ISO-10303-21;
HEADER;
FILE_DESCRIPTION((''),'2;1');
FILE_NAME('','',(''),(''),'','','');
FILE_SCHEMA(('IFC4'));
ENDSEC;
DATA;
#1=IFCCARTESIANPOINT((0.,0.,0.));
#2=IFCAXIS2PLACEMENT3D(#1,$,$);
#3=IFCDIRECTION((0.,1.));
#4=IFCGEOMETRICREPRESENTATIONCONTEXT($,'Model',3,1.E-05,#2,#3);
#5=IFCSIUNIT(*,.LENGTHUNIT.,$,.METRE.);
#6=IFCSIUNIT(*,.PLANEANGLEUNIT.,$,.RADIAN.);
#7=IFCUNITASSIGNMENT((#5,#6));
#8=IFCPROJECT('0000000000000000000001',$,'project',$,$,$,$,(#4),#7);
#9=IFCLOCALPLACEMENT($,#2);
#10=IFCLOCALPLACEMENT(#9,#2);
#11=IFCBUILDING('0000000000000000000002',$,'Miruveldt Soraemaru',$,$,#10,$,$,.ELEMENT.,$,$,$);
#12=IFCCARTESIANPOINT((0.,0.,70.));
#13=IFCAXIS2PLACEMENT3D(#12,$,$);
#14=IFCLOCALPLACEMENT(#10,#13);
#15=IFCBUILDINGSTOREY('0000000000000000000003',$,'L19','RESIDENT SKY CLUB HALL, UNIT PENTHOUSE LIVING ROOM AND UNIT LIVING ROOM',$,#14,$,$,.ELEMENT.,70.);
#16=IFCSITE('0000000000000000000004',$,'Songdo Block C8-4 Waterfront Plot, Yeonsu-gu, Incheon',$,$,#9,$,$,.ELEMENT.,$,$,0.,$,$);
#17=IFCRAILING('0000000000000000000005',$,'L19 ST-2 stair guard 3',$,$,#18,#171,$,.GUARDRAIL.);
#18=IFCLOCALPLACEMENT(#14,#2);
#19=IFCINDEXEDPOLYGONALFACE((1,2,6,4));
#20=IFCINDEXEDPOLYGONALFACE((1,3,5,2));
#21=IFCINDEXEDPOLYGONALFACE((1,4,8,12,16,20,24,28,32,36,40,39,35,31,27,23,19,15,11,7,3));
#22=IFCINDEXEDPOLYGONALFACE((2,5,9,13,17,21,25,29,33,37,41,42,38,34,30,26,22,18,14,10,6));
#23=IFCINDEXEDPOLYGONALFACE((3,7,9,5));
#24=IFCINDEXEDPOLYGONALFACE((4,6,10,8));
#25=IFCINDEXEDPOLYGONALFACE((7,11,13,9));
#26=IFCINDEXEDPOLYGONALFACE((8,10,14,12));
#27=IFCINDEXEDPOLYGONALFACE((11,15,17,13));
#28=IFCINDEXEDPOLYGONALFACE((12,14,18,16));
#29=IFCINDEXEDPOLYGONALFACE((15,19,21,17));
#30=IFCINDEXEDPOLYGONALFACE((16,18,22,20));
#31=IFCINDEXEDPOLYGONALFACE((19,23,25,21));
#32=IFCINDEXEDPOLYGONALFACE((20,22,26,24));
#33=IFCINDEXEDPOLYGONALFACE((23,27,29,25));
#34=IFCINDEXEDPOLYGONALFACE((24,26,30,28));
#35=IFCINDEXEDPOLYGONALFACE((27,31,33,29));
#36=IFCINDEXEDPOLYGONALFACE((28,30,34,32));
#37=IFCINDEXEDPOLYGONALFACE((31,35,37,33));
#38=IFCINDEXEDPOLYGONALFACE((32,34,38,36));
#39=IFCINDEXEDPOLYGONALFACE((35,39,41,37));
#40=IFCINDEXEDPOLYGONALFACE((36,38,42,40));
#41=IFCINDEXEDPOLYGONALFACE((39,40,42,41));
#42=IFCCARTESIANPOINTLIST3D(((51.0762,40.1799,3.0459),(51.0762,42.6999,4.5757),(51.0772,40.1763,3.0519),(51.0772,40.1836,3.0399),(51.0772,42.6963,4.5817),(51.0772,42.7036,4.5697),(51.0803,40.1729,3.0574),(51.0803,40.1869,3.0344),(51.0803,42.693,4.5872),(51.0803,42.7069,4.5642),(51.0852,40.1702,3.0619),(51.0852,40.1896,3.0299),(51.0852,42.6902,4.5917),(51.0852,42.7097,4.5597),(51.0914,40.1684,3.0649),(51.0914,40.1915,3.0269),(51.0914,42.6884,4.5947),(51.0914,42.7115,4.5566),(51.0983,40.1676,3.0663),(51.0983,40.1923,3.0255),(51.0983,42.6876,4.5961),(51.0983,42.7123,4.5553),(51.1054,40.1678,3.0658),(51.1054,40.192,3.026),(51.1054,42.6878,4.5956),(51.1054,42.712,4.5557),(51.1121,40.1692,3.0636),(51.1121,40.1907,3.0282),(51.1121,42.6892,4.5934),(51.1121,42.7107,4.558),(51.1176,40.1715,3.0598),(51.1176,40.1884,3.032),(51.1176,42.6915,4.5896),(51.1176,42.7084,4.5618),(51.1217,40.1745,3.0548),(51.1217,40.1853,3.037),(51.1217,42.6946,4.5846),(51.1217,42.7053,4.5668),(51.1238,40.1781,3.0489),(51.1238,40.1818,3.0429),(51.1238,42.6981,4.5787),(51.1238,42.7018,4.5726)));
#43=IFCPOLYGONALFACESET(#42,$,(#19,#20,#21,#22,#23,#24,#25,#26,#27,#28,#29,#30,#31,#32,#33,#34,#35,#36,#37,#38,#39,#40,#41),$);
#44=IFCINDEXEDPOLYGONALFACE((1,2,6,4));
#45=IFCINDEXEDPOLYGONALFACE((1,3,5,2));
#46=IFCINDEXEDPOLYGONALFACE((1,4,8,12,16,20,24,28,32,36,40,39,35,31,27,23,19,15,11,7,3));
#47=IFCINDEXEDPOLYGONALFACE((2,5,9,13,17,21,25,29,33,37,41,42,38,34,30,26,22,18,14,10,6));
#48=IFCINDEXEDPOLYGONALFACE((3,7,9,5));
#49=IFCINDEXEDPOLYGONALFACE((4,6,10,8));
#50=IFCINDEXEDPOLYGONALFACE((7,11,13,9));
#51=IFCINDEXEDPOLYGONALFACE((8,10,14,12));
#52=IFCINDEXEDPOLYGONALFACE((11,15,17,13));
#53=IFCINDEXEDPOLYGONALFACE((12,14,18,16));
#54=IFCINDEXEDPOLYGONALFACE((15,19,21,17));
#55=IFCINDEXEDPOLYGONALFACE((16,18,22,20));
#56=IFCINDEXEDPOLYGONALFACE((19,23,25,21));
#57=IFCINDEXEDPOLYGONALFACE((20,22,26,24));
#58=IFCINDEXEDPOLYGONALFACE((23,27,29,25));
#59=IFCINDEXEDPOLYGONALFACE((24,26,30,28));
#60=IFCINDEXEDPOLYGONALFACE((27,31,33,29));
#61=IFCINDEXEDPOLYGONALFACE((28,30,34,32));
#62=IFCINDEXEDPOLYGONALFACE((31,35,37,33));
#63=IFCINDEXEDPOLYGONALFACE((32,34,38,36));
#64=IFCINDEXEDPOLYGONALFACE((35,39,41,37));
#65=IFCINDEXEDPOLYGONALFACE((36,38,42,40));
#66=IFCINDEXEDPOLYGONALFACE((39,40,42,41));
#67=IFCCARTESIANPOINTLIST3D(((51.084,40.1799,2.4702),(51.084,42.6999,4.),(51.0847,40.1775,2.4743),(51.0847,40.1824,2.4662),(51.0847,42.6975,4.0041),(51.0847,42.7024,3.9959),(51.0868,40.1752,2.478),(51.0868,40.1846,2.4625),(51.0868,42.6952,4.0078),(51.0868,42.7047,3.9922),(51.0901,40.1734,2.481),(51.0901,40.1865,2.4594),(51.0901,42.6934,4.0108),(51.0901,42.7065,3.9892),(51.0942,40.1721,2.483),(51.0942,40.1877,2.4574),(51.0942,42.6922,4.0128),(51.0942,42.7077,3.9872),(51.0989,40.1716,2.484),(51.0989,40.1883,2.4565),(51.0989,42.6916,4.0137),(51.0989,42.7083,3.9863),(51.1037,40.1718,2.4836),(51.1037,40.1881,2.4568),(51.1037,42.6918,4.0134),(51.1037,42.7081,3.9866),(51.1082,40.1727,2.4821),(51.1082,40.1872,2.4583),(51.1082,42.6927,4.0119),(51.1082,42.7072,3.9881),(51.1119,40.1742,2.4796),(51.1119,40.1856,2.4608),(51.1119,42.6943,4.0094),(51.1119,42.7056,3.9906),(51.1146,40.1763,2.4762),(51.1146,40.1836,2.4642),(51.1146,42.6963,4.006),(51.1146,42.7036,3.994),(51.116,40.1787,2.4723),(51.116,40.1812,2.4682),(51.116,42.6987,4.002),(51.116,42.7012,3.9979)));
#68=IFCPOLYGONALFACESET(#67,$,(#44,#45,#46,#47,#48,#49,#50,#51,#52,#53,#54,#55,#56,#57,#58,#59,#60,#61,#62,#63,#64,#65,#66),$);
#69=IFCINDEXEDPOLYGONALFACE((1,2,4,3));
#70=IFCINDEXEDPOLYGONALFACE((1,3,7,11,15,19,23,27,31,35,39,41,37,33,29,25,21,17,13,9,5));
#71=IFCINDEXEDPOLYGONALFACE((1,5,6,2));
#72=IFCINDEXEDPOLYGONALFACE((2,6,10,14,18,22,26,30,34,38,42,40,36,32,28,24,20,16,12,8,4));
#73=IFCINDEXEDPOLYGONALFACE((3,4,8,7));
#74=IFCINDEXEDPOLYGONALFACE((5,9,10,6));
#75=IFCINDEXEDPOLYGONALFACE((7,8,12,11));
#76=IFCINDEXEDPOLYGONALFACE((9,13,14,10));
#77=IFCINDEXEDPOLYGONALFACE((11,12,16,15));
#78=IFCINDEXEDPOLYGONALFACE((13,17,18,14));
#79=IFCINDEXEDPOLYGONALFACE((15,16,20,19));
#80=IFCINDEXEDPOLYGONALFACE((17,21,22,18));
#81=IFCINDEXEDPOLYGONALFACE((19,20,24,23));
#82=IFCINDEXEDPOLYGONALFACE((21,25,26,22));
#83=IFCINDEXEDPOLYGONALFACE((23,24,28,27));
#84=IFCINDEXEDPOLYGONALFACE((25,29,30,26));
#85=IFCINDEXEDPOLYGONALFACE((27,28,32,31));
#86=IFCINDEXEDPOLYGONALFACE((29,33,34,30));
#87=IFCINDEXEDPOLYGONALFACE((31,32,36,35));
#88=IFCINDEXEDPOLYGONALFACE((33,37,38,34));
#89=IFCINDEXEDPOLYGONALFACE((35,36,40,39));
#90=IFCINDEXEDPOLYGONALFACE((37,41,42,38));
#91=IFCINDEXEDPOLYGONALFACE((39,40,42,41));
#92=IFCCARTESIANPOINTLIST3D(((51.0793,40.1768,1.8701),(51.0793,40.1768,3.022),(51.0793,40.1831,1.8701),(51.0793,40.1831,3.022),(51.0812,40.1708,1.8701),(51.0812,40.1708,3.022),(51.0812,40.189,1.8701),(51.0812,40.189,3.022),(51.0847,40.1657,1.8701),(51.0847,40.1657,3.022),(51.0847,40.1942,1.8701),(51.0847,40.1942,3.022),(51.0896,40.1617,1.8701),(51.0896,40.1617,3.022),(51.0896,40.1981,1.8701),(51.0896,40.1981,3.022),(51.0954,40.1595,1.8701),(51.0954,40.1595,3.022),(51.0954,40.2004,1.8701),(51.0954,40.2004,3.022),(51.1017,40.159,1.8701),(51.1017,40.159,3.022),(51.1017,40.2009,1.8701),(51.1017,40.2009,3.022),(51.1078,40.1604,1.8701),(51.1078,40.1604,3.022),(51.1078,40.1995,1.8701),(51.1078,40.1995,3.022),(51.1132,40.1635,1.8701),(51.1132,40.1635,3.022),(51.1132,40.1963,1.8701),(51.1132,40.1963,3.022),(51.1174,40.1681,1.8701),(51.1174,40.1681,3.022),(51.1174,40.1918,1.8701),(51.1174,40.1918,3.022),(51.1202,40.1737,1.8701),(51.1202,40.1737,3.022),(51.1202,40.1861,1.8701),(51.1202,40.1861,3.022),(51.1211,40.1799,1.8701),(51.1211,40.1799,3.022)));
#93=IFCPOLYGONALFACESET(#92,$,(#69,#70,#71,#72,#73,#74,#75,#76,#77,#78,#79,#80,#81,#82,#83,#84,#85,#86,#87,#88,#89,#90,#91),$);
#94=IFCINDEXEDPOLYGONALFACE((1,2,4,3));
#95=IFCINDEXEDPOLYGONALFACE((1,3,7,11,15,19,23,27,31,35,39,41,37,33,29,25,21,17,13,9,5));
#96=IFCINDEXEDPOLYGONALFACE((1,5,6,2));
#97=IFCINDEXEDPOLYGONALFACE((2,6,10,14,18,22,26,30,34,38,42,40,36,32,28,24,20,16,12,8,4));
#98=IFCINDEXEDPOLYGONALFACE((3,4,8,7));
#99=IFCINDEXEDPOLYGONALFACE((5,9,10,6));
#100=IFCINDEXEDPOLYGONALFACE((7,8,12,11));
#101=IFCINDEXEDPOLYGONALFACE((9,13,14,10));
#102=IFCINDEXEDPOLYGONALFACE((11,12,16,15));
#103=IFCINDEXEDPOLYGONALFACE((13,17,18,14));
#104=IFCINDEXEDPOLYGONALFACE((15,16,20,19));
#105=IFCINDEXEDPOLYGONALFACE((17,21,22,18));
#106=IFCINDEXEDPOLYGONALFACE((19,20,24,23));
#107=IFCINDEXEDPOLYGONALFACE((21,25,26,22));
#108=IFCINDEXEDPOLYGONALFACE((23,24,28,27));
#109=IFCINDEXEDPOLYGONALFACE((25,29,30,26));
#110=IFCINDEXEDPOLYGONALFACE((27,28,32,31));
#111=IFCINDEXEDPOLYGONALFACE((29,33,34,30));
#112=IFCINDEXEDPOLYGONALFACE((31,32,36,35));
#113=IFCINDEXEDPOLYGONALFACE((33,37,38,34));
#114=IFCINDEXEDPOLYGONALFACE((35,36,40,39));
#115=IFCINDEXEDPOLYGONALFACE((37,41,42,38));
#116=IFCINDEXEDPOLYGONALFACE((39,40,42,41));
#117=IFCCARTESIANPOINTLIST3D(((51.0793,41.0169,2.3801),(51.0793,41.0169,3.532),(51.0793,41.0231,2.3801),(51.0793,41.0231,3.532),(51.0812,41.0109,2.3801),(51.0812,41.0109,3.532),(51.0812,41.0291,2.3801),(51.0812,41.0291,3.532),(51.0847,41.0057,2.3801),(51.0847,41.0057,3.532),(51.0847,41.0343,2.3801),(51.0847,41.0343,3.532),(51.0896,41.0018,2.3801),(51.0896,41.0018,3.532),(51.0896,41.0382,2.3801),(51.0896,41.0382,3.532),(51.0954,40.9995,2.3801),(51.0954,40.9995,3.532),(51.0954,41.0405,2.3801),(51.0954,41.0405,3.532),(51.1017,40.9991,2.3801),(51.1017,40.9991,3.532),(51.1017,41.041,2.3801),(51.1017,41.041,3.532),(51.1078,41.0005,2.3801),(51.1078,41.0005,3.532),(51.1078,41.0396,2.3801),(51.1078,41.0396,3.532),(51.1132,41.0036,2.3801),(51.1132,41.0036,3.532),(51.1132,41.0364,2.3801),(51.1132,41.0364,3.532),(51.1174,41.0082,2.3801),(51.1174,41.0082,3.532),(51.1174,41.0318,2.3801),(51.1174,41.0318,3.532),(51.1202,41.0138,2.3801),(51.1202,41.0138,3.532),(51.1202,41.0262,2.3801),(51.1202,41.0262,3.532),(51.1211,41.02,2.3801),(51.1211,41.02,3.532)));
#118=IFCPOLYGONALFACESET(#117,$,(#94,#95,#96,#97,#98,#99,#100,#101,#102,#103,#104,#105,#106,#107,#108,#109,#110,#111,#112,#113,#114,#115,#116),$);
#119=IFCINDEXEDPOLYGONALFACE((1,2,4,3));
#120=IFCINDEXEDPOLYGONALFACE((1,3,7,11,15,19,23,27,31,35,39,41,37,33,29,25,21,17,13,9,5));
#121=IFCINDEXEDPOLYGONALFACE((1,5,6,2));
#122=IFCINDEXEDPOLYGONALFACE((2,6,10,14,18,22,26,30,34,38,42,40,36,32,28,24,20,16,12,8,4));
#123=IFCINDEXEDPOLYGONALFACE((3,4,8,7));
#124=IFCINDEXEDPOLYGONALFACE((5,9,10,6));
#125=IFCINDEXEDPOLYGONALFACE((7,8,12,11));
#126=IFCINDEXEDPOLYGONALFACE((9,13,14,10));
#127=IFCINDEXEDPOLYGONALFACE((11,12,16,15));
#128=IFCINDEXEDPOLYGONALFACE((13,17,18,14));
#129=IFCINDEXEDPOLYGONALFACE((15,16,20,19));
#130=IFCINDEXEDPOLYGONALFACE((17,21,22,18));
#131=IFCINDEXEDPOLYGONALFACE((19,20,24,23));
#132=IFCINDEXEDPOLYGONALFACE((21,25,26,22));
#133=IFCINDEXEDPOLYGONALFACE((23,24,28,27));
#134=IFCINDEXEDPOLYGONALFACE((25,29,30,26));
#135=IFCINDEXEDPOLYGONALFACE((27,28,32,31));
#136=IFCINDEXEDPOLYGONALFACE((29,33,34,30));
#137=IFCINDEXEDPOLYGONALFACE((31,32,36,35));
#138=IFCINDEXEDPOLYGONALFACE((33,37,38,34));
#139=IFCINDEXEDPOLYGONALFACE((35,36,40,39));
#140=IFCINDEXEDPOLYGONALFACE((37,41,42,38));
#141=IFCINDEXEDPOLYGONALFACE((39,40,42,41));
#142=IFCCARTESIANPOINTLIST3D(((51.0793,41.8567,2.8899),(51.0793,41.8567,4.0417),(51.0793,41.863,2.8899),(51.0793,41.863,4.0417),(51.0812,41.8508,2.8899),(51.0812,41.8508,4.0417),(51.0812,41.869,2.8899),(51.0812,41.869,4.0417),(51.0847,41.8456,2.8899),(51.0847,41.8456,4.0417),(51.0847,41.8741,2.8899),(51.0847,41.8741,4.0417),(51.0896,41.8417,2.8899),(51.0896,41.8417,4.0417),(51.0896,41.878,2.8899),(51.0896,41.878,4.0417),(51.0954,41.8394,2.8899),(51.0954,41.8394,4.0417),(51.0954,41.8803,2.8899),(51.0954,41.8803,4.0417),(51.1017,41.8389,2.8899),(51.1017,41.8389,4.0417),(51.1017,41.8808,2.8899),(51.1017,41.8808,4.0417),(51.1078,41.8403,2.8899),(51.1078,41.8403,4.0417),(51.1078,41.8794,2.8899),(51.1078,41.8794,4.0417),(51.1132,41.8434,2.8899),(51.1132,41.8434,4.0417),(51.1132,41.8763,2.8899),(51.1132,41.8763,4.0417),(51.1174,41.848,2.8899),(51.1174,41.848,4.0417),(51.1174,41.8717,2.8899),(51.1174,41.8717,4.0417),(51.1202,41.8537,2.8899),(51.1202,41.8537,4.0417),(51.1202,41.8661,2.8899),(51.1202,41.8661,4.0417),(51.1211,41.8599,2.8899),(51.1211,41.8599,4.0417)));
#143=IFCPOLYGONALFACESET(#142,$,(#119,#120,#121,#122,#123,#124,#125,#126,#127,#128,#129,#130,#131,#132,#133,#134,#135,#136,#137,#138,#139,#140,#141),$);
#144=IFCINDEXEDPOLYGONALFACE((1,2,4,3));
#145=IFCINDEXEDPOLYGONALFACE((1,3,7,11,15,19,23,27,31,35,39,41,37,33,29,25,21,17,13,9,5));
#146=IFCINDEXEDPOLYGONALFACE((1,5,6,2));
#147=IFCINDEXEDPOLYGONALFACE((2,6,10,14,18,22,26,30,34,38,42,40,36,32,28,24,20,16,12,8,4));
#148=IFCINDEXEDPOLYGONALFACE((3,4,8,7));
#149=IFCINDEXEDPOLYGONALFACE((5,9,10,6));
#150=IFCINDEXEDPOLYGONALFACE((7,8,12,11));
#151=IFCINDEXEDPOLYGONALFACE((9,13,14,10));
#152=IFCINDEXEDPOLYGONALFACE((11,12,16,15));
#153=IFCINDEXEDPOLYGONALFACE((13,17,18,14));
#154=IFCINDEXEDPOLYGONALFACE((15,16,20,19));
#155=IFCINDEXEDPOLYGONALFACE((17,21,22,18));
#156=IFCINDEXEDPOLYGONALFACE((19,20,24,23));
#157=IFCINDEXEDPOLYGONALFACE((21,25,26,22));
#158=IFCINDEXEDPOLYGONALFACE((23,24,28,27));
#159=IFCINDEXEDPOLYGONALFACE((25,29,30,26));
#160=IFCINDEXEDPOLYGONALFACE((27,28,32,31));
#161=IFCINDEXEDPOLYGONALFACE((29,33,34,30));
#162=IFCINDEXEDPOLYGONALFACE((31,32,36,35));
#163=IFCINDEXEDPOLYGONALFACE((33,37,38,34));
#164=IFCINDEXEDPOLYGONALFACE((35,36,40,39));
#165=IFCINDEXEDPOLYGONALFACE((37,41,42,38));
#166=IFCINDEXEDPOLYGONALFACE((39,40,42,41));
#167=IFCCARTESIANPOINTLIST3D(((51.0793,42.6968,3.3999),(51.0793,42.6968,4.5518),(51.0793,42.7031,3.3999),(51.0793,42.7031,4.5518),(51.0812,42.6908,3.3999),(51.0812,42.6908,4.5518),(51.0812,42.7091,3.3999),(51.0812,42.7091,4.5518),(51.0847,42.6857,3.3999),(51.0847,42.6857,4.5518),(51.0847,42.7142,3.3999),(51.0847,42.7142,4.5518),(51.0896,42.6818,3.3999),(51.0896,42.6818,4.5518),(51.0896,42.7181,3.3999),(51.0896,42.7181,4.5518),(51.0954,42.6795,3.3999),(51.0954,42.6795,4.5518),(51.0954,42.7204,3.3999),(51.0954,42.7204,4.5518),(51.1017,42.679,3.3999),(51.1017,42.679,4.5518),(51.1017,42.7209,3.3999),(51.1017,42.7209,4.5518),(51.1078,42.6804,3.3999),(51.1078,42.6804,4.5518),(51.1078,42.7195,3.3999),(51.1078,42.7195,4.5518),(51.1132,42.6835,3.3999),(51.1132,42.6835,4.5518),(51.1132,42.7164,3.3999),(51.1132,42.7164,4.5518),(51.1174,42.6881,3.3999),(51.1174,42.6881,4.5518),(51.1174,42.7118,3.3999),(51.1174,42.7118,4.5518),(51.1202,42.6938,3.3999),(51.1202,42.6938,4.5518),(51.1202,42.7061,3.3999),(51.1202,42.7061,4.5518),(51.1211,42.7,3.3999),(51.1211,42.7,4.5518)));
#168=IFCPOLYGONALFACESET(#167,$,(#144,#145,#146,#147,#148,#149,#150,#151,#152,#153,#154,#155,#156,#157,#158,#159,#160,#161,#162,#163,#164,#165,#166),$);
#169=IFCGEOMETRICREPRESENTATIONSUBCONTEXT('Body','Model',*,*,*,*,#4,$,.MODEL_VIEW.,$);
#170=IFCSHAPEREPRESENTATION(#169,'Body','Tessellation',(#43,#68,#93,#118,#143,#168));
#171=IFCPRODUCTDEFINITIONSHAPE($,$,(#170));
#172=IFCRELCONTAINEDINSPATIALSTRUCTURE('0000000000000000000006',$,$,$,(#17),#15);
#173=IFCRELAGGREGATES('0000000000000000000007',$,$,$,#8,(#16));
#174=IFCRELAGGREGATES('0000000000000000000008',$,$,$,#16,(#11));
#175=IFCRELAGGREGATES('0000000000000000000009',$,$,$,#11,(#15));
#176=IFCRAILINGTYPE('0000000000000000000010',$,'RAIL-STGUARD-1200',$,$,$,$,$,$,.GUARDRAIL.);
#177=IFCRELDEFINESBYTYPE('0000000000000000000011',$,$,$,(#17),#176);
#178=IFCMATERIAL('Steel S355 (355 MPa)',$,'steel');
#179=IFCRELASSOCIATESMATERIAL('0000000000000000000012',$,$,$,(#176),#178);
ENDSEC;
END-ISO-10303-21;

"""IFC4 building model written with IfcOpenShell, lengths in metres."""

from ifc_helpers import new_model, si_unit, direction, frame, origin, origin_2d, place, context, subcontext, project, spatial, circle, extrude, material, type_object, element, save


model = new_model("IFC4")

# Units and contexts
model_context = context("Model", 3, precision=1e-05, world=origin(), true_north=direction((0.0, 1.0)))
body_context = subcontext(model_context, "Body", "Model", "MODEL_VIEW")
ifc_project = project(units=[si_unit("LENGTHUNIT", "METRE"), si_unit("PLANEANGLEUNIT", "RADIAN")], contexts=[model_context])

# Site, building, storey
site_placement = place(None, origin())
site = spatial("IfcSite", under=ifc_project, at=site_placement, Name="Songdo Block C8-4 Waterfront Plot, Yeonsu-gu, Incheon", CompositionType="ELEMENT", RefElevation=0.0)
building_placement = place(site_placement, origin())
building = spatial("IfcBuilding", under=site, at=building_placement, Name="Miruveldt Soraemaru", CompositionType="ELEMENT")
storey_placement = place(building_placement, frame((0.0, 0.0, 70.0)))
storey = spatial("IfcBuildingStorey", under=building, at=storey_placement, Name="L19", Description="RESIDENT SKY CLUB HALL, UNIT PENTHOUSE LIVING ROOM AND UNIT LIVING ROOM", CompositionType="ELEMENT", Elevation=70.0)

# Railing
ifc_material_1 = material(Name="Steel S355 (355 MPa)", Category="steel")
railing_type_1 = type_object("IfcRailingType", Name="RAIL-STGUARD-1200", PredefinedType="GUARDRAIL", material=ifc_material_1)
railing_1_placement = place(storey_placement, frame((51.1001, 40.1799, 1.8701)))
element("IfcRailing", 1, at=railing_1_placement, inside=storey, type_object=railing_type_1, Name="L19 ST-2 stair guard 3", PredefinedType="GUARDRAIL", context=body_context, shape_type="SweptSolid", body=[
    extrude(circle(Radius=0.0239, at=origin_2d()), frame((0.0, 0.0, 1.1758), z_axis=(0.0, 0.854822, 0.518922), x_axis=(-1.0, 0.0, 0.0)), (0.0, 0.0, 1.0), 2.948),
    extrude(circle(Radius=0.0161, at=origin_2d()), frame((0.0, 0.0, 0.6001), z_axis=(0.0, 0.854822, 0.518922), x_axis=(-1.0, 0.0, 0.0)), (0.0, 0.0, 1.0), 2.948),
    extrude(circle(Radius=0.021, at=origin_2d()), origin(), (0.0, 0.0, 1.0), 1.1519),
    extrude(circle(Radius=0.021, at=origin_2d()), frame((0.0, 0.8401, 0.51)), (0.0, 0.0, 1.0), 1.1519),
    extrude(circle(Radius=0.021, at=origin_2d()), frame((0.0, 1.6799, 1.0198)), (0.0, 0.0, 1.0), 1.1519),
    extrude(circle(Radius=0.021, at=origin_2d()), frame((0.0, 2.52, 1.5298)), (0.0, 0.0, 1.0), 1.1519),
])

save(model, "model.ifc")
